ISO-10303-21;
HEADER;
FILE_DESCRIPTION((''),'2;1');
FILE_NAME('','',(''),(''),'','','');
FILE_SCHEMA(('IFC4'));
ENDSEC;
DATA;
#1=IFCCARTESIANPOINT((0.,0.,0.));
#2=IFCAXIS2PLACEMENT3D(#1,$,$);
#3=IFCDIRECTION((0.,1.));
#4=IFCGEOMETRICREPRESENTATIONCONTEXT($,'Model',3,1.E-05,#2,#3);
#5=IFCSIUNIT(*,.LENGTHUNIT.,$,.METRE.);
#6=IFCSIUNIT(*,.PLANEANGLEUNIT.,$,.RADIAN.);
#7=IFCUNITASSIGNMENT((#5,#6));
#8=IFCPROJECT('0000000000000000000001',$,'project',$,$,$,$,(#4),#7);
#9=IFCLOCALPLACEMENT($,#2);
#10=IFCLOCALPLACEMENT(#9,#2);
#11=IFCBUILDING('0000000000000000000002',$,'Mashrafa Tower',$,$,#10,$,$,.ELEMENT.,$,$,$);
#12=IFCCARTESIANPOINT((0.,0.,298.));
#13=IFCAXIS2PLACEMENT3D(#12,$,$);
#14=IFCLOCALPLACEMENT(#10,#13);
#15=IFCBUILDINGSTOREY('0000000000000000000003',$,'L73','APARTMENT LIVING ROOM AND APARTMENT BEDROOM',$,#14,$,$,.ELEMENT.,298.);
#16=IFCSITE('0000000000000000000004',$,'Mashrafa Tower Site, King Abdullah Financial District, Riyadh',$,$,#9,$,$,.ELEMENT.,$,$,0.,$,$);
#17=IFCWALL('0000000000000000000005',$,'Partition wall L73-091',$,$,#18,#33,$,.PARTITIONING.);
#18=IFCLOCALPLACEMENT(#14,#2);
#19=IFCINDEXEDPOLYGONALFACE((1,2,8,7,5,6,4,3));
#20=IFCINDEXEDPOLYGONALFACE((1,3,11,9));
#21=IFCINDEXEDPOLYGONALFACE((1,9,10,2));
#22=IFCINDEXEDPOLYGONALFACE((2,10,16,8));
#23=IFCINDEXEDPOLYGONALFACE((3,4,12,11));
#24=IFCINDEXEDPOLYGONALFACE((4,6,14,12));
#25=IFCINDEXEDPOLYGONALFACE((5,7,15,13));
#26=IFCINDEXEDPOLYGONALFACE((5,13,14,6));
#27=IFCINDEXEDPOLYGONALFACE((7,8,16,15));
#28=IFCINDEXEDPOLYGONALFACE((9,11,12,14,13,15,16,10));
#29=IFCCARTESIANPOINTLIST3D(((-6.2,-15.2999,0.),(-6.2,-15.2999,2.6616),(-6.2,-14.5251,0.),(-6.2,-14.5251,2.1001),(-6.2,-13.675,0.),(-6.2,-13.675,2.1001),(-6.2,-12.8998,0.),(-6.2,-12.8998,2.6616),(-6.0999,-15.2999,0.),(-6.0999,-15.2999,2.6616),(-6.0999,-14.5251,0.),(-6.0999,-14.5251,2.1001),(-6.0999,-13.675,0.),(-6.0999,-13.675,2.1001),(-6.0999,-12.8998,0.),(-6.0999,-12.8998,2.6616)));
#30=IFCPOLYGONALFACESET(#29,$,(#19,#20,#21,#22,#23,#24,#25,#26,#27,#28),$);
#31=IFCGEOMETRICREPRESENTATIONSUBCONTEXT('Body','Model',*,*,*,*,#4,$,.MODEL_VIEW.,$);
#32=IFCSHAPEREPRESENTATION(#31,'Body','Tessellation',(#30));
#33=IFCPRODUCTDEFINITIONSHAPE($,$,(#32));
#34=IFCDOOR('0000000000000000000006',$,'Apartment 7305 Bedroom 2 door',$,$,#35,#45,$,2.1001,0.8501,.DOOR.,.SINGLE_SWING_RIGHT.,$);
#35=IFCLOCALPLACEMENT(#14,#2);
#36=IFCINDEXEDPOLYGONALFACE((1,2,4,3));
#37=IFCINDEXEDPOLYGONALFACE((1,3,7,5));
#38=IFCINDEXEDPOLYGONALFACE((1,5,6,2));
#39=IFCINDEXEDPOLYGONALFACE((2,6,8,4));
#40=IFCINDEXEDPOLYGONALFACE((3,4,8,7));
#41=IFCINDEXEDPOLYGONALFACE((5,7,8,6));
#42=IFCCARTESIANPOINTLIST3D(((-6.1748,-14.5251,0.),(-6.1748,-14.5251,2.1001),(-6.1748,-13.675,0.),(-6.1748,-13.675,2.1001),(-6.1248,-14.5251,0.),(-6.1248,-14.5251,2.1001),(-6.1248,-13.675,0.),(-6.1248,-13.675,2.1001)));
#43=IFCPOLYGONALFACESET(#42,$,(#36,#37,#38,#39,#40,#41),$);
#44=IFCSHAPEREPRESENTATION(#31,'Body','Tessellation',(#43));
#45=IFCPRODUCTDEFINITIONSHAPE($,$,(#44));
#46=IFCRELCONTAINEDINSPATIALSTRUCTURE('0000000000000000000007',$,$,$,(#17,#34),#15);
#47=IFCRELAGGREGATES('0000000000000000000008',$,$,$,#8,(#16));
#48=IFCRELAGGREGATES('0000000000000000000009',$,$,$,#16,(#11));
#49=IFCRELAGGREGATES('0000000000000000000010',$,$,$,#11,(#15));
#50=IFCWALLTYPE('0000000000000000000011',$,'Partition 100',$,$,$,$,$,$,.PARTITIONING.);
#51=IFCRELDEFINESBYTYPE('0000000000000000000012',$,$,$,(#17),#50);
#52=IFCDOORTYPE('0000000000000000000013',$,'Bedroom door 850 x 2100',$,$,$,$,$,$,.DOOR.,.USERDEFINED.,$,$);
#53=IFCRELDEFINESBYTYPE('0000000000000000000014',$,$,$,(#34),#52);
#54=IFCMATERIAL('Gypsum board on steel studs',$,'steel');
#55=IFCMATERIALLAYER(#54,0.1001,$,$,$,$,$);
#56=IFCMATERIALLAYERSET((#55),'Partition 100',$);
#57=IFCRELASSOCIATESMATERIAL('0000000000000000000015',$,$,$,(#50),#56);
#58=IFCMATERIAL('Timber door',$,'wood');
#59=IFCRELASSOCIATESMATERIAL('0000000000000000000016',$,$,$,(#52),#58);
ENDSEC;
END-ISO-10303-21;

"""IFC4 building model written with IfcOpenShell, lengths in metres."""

from ifc_helpers import new_model, si_unit, direction, frame, frame_2d, origin, place, context, subcontext, project, spatial, rectangle, extrude, material, layer, layer_set, type_object, element, fill, save


model = new_model("IFC4")

# Units and contexts
model_context = context("Model", 3, precision=1e-05, world=origin(), true_north=direction((0.0, 1.0)))
body_context = subcontext(model_context, "Body", "Model", "MODEL_VIEW")
ifc_project = project(units=[si_unit("LENGTHUNIT", "METRE"), si_unit("PLANEANGLEUNIT", "RADIAN")], contexts=[model_context])

# Site, building, storey
site_placement = place(None, origin())
site = spatial("IfcSite", under=ifc_project, at=site_placement, Name="Mashrafa Tower Site, King Abdullah Financial District, Riyadh", CompositionType="ELEMENT", RefElevation=0.0)
building_placement = place(site_placement, origin())
building = spatial("IfcBuilding", under=site, at=building_placement, Name="Mashrafa Tower", CompositionType="ELEMENT")
storey_placement = place(building_placement, frame((0.0, 0.0, 298.0)))
storey = spatial("IfcBuildingStorey", under=building, at=storey_placement, Name="L73", Description="APARTMENT LIVING ROOM AND APARTMENT BEDROOM", CompositionType="ELEMENT", Elevation=298.0)

# Shared definitions
ifc_material_1 = material(Name="Gypsum board on steel studs", Category="steel")
ifc_layer_1 = layer(ifc_material_1, 0.1001)
ifc_layer_set_1 = layer_set([ifc_layer_1], Name="Partition 100")
wall_type_1 = type_object("IfcWallType", Name="Partition 100", PredefinedType="PARTITIONING", material=ifc_layer_set_1)

# Shared definitions
ifc_material_2 = material(Name="Timber door", Category="wood")
door_type_1 = type_object("IfcDoorType", Name="Bedroom door 850 x 2100", OperationType="USERDEFINED", PredefinedType="DOOR", material=ifc_material_2)

# Wall, opening, door
wall_1_placement = place(storey_placement, frame((-6.1499, -15.3, 0.0), z_axis=(0.0, 0.0, 1.0), x_axis=(0.0, 1.0, 0.0)))
wall_1 = element("IfcWall", 1, at=wall_1_placement, inside=storey, type_object=wall_type_1, Name="Partition wall L73-091", PredefinedType="PARTITIONING", context=body_context, shape_type="SweptSolid", body=[
    extrude(rectangle(XDim=2.4001, YDim=0.1001, at=frame_2d((1.2002, 0.0))), origin(), (0.0, 0.0, 1.0), 2.6616),
])
opening_1_placement = place(wall_1_placement, frame((0.7749, 0.0, 0.0)))
opening_1 = element("IfcOpeningElement", 2, at=opening_1_placement, cuts=wall_1, PredefinedType="OPENING", context=body_context, shape_type="SweptSolid", body=[
    extrude(rectangle(XDim=0.8501, YDim=2.1001, at=frame_2d((0.425, 1.05))), frame((0.0, 0.0601, 0.0), z_axis=(0.0, -1.0, 0.0), x_axis=(1.0, 0.0, 0.0)), (0.0, 0.0, 1.0), 0.1201),
])
door_1_placement = place(opening_1_placement, origin())
door_1 = element("IfcDoor", 3, at=door_1_placement, inside=storey, type_object=door_type_1, Name="Apartment 7305 Bedroom 2 door", OperationType="SINGLE_SWING_RIGHT", OverallHeight=2.1001, OverallWidth=0.8501, PredefinedType="DOOR", context=body_context, shape_type="SweptSolid", body=[
    extrude(rectangle(XDim=0.8501, YDim=2.1001, at=frame_2d((0.425, 1.05))), frame((0.0, 0.0249, 0.0), z_axis=(0.0, -1.0, 0.0), x_axis=(1.0, 0.0, 0.0)), (0.0, 0.0, 1.0), 0.05),
])
fill(opening_1, door_1)

save(model, "model.ifc")
